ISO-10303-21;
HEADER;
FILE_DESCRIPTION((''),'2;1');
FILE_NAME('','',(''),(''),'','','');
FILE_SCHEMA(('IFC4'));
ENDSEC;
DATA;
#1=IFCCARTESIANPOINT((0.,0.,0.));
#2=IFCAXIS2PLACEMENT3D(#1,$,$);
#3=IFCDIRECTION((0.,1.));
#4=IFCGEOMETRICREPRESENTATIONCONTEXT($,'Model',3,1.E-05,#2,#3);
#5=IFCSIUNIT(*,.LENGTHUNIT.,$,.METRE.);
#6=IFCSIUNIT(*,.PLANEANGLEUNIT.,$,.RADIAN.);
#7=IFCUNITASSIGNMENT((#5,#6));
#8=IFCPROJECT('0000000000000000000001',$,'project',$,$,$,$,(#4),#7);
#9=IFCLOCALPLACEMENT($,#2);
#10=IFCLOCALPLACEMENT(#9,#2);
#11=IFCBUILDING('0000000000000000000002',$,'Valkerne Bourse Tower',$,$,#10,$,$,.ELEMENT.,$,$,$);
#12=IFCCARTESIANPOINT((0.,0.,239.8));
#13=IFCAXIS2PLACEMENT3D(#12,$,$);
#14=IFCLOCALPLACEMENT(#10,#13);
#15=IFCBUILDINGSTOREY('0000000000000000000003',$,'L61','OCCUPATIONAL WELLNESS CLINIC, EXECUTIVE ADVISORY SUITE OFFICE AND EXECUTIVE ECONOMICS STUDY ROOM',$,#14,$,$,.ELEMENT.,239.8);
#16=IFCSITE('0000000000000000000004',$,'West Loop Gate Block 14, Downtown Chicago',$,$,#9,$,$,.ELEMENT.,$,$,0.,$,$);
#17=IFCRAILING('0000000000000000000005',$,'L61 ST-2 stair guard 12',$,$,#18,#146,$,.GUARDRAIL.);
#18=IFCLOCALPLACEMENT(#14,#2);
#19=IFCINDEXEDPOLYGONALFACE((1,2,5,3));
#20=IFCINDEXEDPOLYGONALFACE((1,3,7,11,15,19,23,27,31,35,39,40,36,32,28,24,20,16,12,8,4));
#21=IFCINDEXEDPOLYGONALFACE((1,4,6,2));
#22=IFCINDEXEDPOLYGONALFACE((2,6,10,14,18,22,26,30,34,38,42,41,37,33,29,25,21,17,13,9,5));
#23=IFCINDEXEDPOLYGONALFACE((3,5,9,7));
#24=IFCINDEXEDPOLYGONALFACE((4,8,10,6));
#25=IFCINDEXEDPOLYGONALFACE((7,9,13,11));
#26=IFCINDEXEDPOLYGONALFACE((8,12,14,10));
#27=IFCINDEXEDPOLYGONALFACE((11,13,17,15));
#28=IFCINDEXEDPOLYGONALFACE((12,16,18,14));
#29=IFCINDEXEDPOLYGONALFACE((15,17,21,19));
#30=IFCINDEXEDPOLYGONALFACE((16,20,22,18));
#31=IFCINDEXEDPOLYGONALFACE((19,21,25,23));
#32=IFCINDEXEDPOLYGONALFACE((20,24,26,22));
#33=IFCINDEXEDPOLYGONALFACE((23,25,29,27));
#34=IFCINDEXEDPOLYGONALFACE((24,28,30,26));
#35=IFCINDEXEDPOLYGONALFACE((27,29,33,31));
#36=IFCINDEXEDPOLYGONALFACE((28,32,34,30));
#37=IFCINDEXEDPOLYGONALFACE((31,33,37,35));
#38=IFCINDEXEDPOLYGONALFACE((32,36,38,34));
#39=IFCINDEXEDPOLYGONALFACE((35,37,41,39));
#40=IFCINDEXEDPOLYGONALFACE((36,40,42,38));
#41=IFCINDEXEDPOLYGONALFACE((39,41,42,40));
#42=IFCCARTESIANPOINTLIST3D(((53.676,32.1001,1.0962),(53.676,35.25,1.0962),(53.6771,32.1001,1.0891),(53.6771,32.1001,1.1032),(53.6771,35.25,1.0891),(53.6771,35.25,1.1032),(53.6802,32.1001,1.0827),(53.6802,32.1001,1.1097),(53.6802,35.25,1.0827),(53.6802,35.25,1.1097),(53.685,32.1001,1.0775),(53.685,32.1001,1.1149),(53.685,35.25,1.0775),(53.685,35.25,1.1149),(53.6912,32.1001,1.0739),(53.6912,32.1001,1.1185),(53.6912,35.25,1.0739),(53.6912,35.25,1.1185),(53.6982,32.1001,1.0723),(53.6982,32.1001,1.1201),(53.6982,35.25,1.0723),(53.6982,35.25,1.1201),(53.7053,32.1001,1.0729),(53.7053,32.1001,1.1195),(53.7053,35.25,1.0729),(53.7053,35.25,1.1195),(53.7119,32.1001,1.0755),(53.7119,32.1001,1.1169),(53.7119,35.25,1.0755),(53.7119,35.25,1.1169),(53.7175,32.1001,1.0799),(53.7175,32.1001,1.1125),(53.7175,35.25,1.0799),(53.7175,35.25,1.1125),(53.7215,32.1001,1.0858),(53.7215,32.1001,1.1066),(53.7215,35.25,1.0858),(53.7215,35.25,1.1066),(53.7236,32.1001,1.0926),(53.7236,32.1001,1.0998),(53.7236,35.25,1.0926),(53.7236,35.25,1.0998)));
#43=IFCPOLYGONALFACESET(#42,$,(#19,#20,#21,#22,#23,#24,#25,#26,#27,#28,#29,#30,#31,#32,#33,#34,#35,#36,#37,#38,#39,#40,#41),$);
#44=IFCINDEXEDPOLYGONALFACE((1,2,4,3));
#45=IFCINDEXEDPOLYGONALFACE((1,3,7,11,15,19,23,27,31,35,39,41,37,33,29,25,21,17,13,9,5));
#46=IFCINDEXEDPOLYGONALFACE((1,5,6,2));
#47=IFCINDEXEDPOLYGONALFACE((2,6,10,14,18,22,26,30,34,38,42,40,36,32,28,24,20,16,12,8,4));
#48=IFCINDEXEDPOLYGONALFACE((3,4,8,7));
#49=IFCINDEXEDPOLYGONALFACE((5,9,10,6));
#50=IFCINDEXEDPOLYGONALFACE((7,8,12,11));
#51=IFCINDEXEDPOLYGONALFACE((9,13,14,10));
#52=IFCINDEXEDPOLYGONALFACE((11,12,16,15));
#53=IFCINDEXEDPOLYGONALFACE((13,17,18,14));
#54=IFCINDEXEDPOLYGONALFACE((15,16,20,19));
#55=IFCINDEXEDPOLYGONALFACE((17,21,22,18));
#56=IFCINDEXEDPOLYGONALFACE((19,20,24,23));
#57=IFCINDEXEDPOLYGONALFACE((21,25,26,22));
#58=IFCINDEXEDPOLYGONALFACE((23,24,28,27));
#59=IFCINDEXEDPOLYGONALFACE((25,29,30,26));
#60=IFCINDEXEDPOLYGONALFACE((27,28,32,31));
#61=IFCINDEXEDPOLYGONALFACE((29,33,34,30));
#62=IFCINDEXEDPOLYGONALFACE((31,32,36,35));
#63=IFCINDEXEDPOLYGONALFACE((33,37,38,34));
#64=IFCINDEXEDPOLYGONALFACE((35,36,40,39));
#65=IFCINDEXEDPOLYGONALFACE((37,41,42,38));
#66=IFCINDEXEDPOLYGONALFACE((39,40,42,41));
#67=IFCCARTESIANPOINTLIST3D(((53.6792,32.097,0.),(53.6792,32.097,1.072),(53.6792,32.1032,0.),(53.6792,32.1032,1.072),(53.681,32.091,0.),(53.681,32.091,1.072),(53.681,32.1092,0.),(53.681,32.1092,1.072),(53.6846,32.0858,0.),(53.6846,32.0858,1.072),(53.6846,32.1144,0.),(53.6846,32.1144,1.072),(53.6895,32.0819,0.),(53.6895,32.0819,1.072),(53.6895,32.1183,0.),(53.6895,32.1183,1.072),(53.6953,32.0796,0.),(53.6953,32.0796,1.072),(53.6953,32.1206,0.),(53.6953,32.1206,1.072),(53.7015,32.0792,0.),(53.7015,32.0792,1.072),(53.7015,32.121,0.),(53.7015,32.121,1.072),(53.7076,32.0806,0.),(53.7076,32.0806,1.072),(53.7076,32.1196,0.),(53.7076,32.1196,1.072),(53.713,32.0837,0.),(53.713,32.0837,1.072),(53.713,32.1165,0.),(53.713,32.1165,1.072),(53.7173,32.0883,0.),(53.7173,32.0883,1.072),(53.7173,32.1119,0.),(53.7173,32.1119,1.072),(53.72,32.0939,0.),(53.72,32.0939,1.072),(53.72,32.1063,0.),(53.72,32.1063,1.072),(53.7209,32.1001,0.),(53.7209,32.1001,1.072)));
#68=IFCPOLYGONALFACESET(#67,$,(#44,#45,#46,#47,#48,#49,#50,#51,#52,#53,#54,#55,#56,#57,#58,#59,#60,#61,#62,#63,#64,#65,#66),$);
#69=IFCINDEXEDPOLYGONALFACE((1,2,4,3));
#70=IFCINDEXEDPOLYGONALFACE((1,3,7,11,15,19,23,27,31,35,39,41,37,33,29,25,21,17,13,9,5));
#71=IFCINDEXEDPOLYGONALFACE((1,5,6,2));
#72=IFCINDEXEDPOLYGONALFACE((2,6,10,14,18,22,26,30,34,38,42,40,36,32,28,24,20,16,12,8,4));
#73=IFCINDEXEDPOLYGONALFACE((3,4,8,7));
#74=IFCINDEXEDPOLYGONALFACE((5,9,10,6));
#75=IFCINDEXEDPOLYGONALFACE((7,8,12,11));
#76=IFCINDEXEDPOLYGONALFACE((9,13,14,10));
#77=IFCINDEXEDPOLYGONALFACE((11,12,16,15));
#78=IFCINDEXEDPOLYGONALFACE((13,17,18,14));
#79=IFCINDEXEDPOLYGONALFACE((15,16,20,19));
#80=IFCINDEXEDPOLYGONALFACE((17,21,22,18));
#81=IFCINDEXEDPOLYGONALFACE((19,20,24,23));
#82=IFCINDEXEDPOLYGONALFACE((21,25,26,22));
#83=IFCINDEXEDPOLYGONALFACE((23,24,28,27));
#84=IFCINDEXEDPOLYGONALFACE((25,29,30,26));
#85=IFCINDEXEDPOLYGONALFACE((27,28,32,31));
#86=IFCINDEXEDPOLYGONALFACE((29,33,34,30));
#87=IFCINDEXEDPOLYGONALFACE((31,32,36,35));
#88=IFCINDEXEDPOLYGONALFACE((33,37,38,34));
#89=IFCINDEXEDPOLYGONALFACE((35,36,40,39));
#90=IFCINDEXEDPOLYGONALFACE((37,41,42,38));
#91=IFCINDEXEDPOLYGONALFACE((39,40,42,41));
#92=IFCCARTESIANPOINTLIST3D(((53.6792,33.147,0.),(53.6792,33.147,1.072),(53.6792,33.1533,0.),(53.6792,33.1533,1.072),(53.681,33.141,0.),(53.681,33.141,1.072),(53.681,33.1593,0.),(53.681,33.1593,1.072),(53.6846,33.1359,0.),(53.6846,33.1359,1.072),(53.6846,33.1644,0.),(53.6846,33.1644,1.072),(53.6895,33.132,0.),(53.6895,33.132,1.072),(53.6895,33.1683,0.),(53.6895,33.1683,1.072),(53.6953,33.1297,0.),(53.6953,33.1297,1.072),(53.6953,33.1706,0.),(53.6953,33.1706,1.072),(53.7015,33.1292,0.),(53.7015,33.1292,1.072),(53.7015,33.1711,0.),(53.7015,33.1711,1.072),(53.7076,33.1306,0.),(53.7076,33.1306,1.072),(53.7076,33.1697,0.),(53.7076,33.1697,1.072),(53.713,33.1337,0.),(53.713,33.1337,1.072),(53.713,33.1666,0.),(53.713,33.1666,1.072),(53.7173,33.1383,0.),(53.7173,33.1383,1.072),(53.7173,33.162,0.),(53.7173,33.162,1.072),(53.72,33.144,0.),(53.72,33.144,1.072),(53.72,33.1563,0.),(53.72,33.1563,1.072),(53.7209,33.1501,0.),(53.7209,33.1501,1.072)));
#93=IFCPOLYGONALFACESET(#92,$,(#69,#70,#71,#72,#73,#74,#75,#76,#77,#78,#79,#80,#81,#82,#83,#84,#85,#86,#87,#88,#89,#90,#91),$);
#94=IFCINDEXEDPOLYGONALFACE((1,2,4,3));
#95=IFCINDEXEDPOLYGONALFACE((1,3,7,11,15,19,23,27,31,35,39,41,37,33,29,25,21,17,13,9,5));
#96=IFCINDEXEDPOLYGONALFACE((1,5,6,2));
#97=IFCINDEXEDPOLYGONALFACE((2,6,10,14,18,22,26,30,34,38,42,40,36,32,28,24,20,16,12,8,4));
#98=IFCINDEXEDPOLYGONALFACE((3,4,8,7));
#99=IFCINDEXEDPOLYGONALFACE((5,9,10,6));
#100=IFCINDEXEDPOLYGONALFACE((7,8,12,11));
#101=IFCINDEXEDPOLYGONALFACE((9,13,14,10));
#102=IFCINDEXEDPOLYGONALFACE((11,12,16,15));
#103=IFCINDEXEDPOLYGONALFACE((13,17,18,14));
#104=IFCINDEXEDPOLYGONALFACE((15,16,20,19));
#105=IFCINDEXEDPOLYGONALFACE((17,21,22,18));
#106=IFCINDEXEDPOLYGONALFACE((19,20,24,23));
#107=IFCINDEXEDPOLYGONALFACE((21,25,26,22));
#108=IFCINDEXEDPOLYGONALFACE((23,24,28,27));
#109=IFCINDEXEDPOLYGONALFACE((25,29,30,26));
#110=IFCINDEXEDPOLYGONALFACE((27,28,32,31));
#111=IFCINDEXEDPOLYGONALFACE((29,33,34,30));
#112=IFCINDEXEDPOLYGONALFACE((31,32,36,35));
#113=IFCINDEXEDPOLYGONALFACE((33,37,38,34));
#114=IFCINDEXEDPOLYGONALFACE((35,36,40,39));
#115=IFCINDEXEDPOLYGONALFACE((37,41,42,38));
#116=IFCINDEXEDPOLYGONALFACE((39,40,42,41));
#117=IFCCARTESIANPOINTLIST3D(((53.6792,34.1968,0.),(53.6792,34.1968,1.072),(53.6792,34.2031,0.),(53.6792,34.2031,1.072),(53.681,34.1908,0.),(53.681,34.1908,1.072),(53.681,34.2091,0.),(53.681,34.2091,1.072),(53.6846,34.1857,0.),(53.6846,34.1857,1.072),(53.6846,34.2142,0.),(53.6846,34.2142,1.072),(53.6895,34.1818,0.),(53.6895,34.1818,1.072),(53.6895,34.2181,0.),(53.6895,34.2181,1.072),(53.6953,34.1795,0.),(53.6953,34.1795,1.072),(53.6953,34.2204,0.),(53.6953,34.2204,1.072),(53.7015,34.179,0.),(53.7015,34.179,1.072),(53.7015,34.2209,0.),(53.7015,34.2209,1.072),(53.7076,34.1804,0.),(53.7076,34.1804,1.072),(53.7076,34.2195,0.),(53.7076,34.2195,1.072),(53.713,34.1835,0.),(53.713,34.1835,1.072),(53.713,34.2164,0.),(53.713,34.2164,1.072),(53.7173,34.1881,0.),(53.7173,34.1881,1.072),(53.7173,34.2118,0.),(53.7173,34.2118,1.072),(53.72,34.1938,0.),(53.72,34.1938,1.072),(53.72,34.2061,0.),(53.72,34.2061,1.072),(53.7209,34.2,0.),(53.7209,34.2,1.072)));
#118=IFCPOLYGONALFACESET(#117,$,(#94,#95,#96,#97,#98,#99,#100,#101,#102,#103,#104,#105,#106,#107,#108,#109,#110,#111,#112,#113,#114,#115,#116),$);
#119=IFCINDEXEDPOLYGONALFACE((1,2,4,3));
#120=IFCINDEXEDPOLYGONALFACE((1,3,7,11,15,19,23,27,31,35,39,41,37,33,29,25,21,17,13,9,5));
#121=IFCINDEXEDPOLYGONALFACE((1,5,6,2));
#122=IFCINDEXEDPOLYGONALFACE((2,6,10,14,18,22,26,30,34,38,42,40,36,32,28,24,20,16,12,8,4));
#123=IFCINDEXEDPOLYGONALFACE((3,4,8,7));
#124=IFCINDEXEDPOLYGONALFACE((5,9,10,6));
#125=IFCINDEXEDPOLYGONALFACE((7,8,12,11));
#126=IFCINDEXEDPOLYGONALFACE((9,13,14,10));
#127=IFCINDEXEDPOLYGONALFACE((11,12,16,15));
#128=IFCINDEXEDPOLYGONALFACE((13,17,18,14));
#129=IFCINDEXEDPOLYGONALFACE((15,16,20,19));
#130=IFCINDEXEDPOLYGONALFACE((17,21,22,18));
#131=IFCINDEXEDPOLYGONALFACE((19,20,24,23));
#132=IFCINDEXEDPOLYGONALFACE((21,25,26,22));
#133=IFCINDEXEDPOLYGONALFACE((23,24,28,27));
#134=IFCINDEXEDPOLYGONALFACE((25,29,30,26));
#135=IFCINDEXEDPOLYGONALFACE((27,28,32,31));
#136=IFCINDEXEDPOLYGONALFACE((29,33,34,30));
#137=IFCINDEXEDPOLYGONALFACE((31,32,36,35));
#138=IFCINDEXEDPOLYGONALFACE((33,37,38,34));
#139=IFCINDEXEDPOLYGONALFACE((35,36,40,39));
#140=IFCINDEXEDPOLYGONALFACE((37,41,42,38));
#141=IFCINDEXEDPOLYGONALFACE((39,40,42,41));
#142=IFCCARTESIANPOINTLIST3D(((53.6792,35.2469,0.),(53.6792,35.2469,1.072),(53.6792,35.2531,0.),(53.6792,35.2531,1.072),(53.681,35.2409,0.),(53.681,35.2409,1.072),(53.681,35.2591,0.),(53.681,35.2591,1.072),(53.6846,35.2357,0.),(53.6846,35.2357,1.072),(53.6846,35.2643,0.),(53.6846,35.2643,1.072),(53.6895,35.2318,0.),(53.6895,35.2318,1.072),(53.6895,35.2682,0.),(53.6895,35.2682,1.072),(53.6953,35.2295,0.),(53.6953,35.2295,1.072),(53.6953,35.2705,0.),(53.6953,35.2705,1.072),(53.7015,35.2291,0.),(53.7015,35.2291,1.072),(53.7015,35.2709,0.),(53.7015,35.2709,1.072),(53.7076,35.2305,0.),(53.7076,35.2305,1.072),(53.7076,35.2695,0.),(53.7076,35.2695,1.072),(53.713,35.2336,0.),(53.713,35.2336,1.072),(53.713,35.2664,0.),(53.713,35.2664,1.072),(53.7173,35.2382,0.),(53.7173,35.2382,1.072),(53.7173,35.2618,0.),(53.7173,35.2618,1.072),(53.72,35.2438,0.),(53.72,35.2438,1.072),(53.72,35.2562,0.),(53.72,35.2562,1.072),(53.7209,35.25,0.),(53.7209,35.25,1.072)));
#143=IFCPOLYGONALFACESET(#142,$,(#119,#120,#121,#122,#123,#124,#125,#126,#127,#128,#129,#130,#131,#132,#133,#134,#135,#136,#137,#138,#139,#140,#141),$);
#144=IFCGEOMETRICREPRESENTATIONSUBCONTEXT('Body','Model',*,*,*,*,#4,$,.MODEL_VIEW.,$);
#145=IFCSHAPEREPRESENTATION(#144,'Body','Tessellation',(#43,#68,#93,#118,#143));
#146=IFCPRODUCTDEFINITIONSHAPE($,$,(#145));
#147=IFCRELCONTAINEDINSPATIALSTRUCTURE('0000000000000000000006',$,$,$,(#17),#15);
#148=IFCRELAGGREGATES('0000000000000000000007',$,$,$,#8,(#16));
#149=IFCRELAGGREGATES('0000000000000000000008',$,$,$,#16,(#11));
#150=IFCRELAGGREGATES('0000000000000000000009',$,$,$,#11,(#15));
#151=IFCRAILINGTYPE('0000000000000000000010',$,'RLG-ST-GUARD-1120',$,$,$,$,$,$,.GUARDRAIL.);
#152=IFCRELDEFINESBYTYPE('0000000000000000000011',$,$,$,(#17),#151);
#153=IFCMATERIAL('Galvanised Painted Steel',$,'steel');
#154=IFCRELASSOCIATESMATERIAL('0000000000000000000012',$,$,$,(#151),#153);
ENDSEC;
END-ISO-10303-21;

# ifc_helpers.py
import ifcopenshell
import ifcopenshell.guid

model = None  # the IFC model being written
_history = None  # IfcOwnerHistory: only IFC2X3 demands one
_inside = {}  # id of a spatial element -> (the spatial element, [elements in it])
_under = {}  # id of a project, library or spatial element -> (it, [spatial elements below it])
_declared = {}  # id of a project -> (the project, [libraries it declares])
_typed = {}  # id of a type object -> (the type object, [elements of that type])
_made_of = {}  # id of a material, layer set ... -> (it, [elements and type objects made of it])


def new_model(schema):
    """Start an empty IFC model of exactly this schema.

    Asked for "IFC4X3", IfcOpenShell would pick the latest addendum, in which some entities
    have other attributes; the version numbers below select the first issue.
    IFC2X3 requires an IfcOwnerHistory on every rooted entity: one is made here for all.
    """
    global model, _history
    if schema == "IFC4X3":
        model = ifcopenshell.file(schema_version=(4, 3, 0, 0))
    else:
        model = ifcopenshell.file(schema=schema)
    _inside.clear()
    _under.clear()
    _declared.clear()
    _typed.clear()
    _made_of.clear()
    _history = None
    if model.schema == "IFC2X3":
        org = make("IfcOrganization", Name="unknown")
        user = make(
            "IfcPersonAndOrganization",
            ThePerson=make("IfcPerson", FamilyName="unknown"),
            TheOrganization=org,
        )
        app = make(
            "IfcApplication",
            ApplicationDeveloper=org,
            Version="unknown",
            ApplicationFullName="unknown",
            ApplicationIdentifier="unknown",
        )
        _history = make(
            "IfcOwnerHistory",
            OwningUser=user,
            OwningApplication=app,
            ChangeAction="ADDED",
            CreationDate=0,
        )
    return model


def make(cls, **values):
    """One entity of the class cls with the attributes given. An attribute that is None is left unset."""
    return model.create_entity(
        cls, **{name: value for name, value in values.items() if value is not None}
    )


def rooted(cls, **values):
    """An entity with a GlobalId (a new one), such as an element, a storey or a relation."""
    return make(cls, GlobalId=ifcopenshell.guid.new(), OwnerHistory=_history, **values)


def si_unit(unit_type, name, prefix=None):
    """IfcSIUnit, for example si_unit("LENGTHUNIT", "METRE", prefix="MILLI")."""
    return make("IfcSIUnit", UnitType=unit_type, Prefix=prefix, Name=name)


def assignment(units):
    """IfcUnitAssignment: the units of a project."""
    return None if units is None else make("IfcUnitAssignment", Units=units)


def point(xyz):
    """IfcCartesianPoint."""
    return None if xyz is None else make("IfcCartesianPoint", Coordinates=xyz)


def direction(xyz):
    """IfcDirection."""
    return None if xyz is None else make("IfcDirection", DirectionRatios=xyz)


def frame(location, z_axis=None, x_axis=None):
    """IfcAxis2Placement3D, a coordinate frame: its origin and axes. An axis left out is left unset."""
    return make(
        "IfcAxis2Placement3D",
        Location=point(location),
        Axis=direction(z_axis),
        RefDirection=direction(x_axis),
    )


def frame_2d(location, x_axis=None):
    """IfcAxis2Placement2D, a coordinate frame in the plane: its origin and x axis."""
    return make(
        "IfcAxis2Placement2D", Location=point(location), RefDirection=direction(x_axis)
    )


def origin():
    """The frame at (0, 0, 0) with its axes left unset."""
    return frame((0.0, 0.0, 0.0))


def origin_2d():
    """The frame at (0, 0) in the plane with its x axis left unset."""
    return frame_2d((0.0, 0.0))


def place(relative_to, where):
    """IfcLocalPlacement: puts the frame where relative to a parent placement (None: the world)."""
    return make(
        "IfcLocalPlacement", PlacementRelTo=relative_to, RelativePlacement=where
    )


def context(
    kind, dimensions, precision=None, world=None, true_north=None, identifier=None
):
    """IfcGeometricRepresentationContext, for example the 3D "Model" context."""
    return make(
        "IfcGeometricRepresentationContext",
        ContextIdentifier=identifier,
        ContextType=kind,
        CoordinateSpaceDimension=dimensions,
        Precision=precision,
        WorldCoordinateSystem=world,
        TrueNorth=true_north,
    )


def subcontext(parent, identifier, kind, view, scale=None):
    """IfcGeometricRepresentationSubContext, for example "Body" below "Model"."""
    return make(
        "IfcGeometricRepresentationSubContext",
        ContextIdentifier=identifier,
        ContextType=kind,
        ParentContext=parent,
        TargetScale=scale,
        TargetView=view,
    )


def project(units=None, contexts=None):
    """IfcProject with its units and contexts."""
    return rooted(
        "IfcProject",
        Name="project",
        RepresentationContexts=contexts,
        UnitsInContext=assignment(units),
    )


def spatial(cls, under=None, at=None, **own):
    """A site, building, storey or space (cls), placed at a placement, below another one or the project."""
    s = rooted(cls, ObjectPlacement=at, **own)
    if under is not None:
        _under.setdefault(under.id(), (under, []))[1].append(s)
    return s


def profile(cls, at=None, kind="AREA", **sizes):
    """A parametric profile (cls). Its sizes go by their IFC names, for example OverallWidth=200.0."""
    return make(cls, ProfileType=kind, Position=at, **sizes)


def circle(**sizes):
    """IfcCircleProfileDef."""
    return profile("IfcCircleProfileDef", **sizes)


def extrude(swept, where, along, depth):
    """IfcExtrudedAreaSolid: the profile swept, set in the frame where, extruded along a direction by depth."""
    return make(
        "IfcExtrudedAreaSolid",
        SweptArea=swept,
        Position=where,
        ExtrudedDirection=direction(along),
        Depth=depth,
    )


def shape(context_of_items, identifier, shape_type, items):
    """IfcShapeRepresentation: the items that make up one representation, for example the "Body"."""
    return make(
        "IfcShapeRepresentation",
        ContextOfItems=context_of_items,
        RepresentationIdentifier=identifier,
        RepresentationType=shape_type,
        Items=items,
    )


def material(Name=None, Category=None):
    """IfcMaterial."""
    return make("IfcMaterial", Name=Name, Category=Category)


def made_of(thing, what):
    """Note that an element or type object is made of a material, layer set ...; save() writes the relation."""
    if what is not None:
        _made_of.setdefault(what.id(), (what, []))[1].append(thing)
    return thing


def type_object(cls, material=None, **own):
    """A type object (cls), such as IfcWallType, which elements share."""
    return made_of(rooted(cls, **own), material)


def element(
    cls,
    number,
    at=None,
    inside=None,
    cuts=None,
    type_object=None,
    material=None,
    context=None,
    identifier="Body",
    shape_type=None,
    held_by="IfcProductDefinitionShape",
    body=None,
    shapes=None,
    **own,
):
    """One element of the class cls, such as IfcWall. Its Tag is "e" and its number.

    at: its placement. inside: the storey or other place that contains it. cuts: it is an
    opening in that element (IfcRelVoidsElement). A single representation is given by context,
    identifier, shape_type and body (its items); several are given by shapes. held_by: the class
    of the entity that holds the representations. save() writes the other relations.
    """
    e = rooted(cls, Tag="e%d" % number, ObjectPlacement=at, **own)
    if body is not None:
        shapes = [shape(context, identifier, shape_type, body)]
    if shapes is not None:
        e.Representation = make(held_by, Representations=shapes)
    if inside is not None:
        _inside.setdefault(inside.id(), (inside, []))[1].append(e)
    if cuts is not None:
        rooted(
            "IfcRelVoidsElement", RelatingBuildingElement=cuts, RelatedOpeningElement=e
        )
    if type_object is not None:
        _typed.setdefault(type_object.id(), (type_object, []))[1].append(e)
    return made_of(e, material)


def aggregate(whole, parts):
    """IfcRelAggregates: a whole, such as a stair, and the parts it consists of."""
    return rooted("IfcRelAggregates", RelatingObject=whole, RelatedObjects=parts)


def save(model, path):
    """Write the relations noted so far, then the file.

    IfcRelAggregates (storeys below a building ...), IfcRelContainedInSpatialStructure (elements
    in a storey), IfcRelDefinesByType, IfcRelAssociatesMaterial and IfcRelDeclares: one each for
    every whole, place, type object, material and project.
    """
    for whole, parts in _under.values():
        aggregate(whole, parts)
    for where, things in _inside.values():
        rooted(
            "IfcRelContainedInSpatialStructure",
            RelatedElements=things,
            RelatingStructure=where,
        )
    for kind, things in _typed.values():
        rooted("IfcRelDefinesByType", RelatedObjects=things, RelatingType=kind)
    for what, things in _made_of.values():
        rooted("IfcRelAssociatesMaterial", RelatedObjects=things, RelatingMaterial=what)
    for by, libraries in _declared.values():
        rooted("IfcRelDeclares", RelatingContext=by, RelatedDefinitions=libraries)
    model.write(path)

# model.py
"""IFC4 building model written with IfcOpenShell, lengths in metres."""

from ifc_helpers import new_model, si_unit, direction, frame, origin, origin_2d, place, context, subcontext, project, spatial, circle, extrude, material, type_object, element, save


model = new_model("IFC4")

# Units and contexts
model_context = context("Model", 3, precision=1e-05, world=origin(), true_north=direction((0.0, 1.0)))
body_context = subcontext(model_context, "Body", "Model", "MODEL_VIEW")
ifc_project = project(units=[si_unit("LENGTHUNIT", "METRE"), si_unit("PLANEANGLEUNIT", "RADIAN")], contexts=[model_context])

# Site, building, storey
site_placement = place(None, origin())
site = spatial("IfcSite", under=ifc_project, at=site_placement, Name="West Loop Gate Block 14, Downtown Chicago", CompositionType="ELEMENT", RefElevation=0.0)
building_placement = place(site_placement, origin())
building = spatial("IfcBuilding", under=site, at=building_placement, Name="Valkerne Bourse Tower", CompositionType="ELEMENT")
storey_placement = place(building_placement, frame((0.0, 0.0, 239.8)))
storey = spatial("IfcBuildingStorey", under=building, at=storey_placement, Name="L61", Description="OCCUPATIONAL WELLNESS CLINIC, EXECUTIVE ADVISORY SUITE OFFICE AND EXECUTIVE ECONOMICS STUDY ROOM", CompositionType="ELEMENT", Elevation=239.8)

# Railing
ifc_material_1 = material(Name="Galvanised Painted Steel", Category="steel")
railing_type = type_object("IfcRailingType", Name="RLG-ST-GUARD-1120", PredefinedType="GUARDRAIL", material=ifc_material_1)
railing_placement = place(storey_placement, frame((53.7, 32.1001, 0.0)))
element("IfcRailing", 1, at=railing_placement, inside=storey, type_object=railing_type, Name="L61 ST-2 stair guard 12", PredefinedType="GUARDRAIL", context=body_context, shape_type="SweptSolid", body=[
    extrude(circle(Radius=0.0239, at=origin_2d()), frame((0.0, 0.0, 1.0962), z_axis=(0.0, 1.0, 0.0), x_axis=(-1.0, 0.0, 0.0)), (0.0, 0.0, 1.0), 3.1499),
    extrude(circle(Radius=0.021, at=origin_2d()), origin(), (0.0, 0.0, 1.0), 1.072),
    extrude(circle(Radius=0.021, at=origin_2d()), frame((0.0, 1.05, 0.0)), (0.0, 0.0, 1.0), 1.072),
    extrude(circle(Radius=0.021, at=origin_2d()), frame((0.0, 2.0999, 0.0)), (0.0, 0.0, 1.0), 1.072),
    extrude(circle(Radius=0.021, at=origin_2d()), frame((0.0, 3.1499, 0.0)), (0.0, 0.0, 1.0), 1.072),
])

save(model, "model.ifc")
